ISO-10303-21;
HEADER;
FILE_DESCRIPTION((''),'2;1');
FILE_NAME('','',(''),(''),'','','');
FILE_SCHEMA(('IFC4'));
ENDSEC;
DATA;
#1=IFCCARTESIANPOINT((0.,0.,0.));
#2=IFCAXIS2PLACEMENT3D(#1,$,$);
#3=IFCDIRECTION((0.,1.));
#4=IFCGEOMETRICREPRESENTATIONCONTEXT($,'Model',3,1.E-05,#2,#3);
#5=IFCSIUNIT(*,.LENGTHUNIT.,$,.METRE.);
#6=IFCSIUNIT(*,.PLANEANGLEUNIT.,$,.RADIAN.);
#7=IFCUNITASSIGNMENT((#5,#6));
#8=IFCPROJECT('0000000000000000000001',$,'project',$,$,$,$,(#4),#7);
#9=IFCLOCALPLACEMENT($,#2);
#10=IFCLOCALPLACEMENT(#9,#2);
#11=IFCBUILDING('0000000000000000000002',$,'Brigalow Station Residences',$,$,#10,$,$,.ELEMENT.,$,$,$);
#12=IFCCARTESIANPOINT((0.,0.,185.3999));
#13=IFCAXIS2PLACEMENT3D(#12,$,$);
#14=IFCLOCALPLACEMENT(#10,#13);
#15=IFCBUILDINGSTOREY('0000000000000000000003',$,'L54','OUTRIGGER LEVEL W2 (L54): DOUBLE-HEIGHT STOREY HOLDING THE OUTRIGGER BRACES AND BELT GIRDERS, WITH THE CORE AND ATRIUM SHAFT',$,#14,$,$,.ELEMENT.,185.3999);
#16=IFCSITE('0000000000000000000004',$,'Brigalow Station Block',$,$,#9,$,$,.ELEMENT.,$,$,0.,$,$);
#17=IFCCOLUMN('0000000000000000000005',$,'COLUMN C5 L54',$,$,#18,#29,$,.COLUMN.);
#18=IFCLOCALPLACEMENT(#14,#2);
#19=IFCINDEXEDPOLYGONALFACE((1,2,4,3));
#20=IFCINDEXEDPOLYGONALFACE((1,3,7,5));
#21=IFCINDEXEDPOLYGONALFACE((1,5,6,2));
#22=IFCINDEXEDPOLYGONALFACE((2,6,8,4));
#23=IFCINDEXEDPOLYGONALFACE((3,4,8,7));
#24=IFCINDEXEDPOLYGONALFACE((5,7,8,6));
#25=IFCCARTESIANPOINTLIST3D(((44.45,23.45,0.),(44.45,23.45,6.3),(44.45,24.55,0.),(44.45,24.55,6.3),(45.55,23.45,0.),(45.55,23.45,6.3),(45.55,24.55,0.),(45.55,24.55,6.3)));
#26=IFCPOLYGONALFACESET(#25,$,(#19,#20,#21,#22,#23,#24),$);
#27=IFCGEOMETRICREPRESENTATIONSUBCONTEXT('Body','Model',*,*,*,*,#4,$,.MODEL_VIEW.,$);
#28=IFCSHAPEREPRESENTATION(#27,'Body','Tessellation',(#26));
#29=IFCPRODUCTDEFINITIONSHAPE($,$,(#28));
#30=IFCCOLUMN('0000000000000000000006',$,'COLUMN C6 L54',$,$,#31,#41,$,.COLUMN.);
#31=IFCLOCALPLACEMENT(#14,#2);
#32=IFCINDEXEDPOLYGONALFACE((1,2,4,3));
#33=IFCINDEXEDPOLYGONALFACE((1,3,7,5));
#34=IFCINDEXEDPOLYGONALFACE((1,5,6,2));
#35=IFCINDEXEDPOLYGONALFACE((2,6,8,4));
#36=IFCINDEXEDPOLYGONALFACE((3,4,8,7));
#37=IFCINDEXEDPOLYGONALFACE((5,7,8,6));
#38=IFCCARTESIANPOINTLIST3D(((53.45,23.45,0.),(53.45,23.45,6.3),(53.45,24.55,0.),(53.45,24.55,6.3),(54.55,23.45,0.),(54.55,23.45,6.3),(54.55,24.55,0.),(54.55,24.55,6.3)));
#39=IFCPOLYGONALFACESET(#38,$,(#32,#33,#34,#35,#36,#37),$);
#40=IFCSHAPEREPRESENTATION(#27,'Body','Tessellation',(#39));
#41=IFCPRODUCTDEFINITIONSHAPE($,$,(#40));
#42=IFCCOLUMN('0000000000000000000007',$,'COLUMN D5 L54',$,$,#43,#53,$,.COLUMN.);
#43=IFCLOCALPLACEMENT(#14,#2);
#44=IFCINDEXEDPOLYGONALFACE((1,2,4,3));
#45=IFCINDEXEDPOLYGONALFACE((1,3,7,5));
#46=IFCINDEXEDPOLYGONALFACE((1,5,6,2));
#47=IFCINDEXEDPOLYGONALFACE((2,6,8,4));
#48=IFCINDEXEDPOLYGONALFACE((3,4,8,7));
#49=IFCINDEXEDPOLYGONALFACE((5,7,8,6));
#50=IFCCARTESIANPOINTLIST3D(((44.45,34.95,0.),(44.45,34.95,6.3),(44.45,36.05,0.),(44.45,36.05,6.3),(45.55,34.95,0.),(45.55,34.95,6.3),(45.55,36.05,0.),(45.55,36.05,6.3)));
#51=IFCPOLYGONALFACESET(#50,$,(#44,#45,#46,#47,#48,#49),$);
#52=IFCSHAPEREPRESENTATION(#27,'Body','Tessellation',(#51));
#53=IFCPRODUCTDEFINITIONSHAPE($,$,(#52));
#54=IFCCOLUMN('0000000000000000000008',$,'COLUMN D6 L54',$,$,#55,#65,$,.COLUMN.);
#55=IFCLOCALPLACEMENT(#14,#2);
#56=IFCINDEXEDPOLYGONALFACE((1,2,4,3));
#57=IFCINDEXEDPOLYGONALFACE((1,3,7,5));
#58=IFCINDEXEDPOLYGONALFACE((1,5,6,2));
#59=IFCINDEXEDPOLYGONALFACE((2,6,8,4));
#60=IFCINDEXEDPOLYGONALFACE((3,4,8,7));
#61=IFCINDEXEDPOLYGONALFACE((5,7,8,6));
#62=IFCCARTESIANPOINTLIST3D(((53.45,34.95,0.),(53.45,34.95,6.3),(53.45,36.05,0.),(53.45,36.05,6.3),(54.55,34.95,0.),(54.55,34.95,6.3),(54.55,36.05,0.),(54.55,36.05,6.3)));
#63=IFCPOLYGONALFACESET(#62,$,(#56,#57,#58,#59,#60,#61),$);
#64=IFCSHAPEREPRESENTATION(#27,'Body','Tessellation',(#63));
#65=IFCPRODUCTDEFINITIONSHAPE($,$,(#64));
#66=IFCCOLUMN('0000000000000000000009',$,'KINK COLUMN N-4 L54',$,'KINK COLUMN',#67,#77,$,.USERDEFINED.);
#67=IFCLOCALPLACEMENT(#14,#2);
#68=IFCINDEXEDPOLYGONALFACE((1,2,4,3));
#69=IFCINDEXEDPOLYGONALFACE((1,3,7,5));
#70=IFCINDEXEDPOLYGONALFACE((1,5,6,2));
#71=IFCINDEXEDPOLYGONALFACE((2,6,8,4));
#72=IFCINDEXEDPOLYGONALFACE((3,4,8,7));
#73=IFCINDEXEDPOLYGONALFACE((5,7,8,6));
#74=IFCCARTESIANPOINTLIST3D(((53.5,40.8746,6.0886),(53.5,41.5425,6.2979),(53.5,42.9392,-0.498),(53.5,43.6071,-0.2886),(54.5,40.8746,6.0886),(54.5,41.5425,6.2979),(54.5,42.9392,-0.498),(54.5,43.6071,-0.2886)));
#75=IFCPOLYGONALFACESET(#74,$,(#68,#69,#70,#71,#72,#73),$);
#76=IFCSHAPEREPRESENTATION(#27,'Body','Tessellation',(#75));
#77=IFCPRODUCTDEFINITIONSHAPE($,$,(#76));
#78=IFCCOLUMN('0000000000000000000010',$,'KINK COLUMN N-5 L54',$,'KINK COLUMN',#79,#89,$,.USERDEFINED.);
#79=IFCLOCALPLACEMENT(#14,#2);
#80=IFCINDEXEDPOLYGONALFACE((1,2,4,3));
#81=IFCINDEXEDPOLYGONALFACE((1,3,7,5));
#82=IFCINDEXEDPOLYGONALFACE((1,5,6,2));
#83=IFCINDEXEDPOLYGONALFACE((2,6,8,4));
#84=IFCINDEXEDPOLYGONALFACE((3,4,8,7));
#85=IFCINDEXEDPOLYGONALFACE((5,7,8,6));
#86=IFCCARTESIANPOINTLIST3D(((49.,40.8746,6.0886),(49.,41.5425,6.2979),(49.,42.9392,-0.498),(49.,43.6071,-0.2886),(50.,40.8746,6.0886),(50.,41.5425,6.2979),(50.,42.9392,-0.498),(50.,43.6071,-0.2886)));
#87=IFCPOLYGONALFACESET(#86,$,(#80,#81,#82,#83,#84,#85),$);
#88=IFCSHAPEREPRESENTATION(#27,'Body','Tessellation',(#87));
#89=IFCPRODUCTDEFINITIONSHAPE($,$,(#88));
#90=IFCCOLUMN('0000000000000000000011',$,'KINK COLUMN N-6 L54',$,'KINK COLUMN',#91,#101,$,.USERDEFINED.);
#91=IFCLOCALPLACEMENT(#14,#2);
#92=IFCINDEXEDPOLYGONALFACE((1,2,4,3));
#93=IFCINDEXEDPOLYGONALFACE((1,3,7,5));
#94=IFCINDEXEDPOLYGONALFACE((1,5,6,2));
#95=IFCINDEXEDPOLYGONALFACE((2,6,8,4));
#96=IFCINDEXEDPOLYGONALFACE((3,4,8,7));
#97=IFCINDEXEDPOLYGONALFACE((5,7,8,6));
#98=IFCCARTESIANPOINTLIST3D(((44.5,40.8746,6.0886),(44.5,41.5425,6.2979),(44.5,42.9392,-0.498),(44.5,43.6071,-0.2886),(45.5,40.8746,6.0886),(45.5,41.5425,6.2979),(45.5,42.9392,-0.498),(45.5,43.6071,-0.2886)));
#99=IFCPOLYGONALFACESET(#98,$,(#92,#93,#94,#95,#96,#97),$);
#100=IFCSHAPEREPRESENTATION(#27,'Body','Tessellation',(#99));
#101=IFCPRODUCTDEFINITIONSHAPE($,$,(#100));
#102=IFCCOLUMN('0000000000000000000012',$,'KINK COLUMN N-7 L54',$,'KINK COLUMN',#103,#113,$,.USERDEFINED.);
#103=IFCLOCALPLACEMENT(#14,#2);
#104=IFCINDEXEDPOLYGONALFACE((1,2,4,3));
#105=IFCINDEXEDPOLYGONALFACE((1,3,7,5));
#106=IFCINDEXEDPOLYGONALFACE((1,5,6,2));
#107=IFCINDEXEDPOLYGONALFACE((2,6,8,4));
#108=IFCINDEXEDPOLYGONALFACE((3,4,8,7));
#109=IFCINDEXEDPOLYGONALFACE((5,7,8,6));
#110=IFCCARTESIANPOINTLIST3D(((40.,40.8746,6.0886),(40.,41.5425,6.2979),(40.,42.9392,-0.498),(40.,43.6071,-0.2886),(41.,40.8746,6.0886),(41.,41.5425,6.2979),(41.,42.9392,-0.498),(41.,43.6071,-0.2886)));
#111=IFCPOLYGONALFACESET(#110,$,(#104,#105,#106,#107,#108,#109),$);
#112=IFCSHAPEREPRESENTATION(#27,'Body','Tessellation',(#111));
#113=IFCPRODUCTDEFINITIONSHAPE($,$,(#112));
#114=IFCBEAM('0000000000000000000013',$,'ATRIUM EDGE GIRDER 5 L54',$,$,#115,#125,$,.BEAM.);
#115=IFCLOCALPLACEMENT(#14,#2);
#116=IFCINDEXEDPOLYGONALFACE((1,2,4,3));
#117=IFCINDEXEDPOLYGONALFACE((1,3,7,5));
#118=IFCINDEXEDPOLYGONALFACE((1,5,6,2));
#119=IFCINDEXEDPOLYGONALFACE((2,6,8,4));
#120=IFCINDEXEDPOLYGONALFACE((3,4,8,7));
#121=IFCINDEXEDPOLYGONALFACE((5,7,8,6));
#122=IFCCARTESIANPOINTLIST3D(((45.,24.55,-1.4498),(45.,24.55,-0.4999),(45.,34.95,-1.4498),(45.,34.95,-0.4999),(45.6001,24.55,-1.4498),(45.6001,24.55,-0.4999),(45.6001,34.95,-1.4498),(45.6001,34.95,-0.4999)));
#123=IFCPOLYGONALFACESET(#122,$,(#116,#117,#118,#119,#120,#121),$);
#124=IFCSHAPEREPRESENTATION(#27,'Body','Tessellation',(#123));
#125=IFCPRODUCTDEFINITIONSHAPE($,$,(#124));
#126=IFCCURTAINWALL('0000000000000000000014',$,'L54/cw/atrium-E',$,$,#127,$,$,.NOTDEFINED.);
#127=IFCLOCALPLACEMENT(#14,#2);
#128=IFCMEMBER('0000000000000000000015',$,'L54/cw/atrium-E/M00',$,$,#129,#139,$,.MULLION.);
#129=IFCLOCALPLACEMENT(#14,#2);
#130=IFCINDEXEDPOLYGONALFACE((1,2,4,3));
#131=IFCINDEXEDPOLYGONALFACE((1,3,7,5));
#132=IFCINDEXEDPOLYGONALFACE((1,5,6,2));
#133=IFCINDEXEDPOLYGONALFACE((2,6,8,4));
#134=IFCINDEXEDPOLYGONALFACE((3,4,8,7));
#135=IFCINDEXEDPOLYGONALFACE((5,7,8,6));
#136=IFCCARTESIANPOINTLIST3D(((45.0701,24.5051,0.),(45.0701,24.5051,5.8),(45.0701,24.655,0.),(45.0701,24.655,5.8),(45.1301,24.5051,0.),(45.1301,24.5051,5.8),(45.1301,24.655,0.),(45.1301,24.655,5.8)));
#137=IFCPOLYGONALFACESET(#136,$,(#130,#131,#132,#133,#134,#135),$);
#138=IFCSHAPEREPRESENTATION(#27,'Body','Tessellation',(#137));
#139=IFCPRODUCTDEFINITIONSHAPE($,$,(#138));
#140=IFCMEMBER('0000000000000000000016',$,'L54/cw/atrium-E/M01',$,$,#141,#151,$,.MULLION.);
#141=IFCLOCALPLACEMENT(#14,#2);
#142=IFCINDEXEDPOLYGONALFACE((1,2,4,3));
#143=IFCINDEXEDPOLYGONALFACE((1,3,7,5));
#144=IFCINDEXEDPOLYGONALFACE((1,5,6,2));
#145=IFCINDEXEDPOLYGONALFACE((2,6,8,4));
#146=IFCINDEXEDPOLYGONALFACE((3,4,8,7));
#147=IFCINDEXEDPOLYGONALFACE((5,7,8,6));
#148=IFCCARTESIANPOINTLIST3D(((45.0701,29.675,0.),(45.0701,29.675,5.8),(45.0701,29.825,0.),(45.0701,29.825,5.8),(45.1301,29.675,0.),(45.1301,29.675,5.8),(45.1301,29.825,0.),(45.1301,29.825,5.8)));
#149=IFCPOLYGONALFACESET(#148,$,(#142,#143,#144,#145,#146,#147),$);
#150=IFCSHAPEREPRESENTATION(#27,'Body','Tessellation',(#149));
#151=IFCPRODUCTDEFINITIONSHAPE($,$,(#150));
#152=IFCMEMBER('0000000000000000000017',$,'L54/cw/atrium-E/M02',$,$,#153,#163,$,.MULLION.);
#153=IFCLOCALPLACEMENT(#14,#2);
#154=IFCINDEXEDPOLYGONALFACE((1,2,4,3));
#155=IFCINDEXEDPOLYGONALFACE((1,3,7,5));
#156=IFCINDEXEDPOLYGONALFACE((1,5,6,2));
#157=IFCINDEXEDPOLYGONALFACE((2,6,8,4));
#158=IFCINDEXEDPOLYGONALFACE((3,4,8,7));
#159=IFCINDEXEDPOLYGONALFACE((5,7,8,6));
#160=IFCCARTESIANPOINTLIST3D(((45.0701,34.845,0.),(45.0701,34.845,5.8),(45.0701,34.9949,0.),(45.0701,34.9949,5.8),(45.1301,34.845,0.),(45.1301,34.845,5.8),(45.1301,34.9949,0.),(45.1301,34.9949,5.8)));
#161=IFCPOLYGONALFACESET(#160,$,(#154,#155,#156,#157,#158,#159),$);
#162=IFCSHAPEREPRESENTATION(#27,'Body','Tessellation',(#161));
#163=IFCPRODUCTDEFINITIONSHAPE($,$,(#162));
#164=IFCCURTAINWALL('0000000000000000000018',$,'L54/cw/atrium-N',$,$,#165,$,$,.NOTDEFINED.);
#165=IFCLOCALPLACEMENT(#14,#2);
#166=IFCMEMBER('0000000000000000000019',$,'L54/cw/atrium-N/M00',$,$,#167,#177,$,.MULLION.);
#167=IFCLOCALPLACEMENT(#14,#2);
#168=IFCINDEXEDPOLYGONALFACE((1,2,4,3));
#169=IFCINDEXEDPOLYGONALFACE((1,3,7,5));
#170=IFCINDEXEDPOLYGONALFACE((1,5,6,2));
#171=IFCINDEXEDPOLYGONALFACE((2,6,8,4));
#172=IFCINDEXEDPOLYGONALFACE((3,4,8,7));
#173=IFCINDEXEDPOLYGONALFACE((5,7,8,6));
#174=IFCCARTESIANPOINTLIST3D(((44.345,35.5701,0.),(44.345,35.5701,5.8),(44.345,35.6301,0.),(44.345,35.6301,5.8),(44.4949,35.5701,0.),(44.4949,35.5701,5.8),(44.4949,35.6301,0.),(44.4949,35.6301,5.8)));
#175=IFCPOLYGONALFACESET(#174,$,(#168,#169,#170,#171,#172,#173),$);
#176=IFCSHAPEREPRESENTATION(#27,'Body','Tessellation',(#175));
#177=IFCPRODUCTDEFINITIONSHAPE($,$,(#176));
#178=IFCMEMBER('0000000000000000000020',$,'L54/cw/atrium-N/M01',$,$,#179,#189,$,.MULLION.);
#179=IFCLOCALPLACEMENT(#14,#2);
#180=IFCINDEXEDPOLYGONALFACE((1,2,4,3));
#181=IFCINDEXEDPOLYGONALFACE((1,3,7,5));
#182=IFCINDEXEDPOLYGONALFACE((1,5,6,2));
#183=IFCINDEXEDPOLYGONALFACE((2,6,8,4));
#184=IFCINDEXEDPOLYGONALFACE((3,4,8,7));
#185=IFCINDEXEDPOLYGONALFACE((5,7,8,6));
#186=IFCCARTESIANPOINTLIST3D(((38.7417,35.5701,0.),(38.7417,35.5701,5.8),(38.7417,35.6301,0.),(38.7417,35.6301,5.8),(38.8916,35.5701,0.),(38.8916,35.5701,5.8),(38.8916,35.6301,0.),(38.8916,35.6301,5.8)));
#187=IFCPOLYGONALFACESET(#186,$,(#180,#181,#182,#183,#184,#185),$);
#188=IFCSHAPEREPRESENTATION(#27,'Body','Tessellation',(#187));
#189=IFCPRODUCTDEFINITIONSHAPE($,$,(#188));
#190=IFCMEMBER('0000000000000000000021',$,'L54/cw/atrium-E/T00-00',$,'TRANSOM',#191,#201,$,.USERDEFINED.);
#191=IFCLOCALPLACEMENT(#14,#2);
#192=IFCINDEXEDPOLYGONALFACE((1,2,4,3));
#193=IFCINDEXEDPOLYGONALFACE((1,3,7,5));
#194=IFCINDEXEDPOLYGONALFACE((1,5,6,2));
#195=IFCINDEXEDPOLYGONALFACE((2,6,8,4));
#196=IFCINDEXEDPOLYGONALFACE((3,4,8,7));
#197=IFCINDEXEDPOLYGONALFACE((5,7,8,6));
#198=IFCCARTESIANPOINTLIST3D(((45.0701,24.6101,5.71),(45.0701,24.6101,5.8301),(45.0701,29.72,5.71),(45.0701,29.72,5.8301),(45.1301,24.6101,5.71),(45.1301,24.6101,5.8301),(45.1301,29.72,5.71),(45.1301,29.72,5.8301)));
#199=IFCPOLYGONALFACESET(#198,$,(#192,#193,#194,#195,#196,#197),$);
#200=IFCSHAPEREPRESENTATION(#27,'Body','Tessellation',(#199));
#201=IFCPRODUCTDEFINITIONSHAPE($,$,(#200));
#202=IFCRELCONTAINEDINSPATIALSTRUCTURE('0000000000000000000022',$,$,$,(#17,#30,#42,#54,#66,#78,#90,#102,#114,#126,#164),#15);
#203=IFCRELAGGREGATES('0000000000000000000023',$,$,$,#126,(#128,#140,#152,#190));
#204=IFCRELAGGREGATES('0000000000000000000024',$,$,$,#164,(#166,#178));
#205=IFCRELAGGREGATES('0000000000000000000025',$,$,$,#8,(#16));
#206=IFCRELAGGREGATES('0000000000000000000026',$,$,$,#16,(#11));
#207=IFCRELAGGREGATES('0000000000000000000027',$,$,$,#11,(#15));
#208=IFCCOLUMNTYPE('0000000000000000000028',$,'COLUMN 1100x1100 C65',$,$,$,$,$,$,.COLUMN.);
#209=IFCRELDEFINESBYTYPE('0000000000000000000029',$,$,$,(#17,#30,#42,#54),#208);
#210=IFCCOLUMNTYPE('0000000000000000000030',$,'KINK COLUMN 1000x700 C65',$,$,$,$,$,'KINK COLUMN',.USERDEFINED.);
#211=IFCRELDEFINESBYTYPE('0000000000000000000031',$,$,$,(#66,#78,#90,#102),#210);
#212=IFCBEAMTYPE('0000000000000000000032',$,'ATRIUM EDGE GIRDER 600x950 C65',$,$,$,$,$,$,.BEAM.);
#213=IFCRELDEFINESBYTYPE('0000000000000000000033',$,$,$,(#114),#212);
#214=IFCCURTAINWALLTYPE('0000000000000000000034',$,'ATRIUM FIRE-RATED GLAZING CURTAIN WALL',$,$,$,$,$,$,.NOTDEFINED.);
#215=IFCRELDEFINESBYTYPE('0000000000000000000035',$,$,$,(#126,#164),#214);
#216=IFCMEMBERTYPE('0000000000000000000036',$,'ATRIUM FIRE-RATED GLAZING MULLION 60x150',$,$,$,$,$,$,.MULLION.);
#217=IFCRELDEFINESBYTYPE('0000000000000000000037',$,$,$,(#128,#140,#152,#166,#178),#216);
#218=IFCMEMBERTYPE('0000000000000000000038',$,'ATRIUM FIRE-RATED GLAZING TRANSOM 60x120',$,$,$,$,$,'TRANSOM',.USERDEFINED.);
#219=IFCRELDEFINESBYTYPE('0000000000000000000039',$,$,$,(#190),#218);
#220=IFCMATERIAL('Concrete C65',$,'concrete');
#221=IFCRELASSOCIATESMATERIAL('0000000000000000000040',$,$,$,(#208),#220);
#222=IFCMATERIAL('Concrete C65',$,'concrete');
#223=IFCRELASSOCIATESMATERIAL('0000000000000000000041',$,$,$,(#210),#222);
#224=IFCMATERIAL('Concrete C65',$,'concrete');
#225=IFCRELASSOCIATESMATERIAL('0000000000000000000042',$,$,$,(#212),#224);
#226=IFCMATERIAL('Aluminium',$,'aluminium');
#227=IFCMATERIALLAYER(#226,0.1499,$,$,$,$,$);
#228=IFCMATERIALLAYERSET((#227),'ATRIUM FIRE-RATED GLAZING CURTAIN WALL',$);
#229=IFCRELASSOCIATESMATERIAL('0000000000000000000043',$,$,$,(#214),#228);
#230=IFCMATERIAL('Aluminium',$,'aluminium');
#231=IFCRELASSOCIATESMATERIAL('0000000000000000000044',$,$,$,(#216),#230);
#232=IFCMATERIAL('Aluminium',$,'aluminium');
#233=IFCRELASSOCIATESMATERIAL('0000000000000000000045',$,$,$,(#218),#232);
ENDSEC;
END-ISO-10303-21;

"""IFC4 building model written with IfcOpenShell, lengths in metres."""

from ifc_helpers import new_model, si_unit, direction, frame, origin, origin_2d, place, context, subcontext, project, spatial, rectangle, extrude, material, layer, layer_set, material_profile, profile_set, type_object, element, aggregate, save


model = new_model("IFC4")

# Units and contexts
model_context = context("Model", 3, precision=1e-05, world=origin(), true_north=direction((0.0, 1.0)))
body_context = subcontext(model_context, "Body", "Model", "MODEL_VIEW")
ifc_project = project(units=[si_unit("LENGTHUNIT", "METRE"), si_unit("PLANEANGLEUNIT", "RADIAN")], contexts=[model_context])

# Site, building, storey
site_placement = place(None, origin())
site = spatial("IfcSite", under=ifc_project, at=site_placement, Name="Brigalow Station Block", CompositionType="ELEMENT", RefElevation=0.0)
building_placement = place(site_placement, origin())
building = spatial("IfcBuilding", under=site, at=building_placement, Name="Brigalow Station Residences", CompositionType="ELEMENT")
storey_placement = place(building_placement, frame((0.0, 0.0, 185.3999)))
storey = spatial("IfcBuildingStorey", under=building, at=storey_placement, Name="L54", Description="OUTRIGGER LEVEL W2 (L54): DOUBLE-HEIGHT STOREY HOLDING THE OUTRIGGER BRACES AND BELT GIRDERS, WITH THE CORE AND ATRIUM SHAFT", CompositionType="ELEMENT", Elevation=185.3999)

# Columns
ifc_material_1 = material(Name="Concrete C65", Category="concrete")
ifc_material_profile_1 = material_profile(ifc_material_1, rectangle(XDim=1.1001, YDim=1.1001, at=origin_2d()), Name="RC1100x1100")
ifc_profile_set_1 = profile_set([ifc_material_profile_1], Name="Concrete C65")
column_type_1 = type_object("IfcColumnType", Name="COLUMN 1100x1100 C65", PredefinedType="COLUMN", material=ifc_profile_set_1)
for number, where, z_axis, x_axis, name in (
    (1, (45.0, 24.0, 0.0), (0.0, 0.0, 1.0), (1.0, 0.0, 0.0), "COLUMN C5 L54"),
    (2, (54.0, 24.0, 0.0), (0.0, 0.0, 1.0), (1.0, 0.0, 0.0), "COLUMN C6 L54"),
    (3, (45.0, 35.5, 0.0), (0.0, 0.0, 1.0), (1.0, 0.0, 0.0), "COLUMN D5 L54"),
    (4, (54.0, 35.5, 0.0), (0.0, 0.0, 1.0), (1.0, 0.0, 0.0), "COLUMN D6 L54"),
):
    element("IfcColumn", number, at=place(storey_placement, frame(where, z_axis=z_axis, x_axis=x_axis)), inside=storey, type_object=column_type_1, Name=name, PredefinedType="COLUMN", context=body_context, shape_type="SweptSolid", body=[
        extrude(rectangle(XDim=1.1001, YDim=1.1001, at=origin_2d()), origin(), (0.0, 0.0, 1.0), 6.3),
    ])
ifc_material_2 = material(Name="Concrete C65", Category="concrete")
ifc_material_profile_2 = material_profile(ifc_material_2, rectangle(XDim=1.0, YDim=0.7, at=origin_2d()), Name="RC1000x700")
ifc_profile_set_2 = profile_set([ifc_material_profile_2], Name="Concrete C65")
column_type_2 = type_object("IfcColumnType", Name="KINK COLUMN 1000x700 C65", ElementType="KINK COLUMN", PredefinedType="USERDEFINED", material=ifc_profile_set_2)
for number, where, z_axis, x_axis, name in (
    (5, (54.0, 43.2732, -0.3933), (0.0, -0.299115, 0.954217), (1.0, 0.0, 0.0), "KINK COLUMN N-4 L54"),
    (6, (49.5, 43.2732, -0.3933), (0.0, -0.299115, 0.954217), (1.0, 0.0, 0.0), "KINK COLUMN N-5 L54"),
    (7, (45.0, 43.2732, -0.3933), (0.0, -0.299115, 0.954217), (1.0, 0.0, 0.0), "KINK COLUMN N-6 L54"),
    (8, (40.5, 43.2732, -0.3933), (0.0, -0.299115, 0.954217), (1.0, 0.0, 0.0), "KINK COLUMN N-7 L54"),
):
    element("IfcColumn", number, at=place(storey_placement, frame(where, z_axis=z_axis, x_axis=x_axis)), inside=storey, type_object=column_type_2, Name=name, ObjectType="KINK COLUMN", PredefinedType="USERDEFINED", context=body_context, shape_type="SweptSolid", body=[
        extrude(rectangle(XDim=1.0, YDim=0.7, at=origin_2d()), origin(), (0.0, 0.0, 1.0), 6.9026),
    ])

# Beam
ifc_material_3 = material(Name="Concrete C65", Category="concrete")
ifc_material_profile_3 = material_profile(ifc_material_3, rectangle(XDim=0.6001, YDim=0.95, at=origin_2d()), Name="RC600x950")
ifc_profile_set_3 = profile_set([ifc_material_profile_3], Name="Concrete C65")
beam_type_1 = type_object("IfcBeamType", Name="ATRIUM EDGE GIRDER 600x950 C65", PredefinedType="BEAM", material=ifc_profile_set_3)
beam_placement = place(storey_placement, frame((45.3, 24.55, -0.9749), z_axis=(0.0, 1.0, 0.0), x_axis=(-1.0, 0.0, 0.0)))
element("IfcBeam", 9, at=beam_placement, inside=storey, type_object=beam_type_1, Name="ATRIUM EDGE GIRDER 5 L54", PredefinedType="BEAM", context=body_context, shape_type="SweptSolid", body=[
    extrude(rectangle(XDim=0.6001, YDim=0.95, at=origin_2d()), origin(), (0.0, 0.0, 1.0), 10.3999),
])

# Curtain walls, members
ifc_material_4 = material(Name="Aluminium", Category="aluminium")
ifc_layer_1 = layer(ifc_material_4, 0.1499)
ifc_layer_set_1 = layer_set([ifc_layer_1], Name="ATRIUM FIRE-RATED GLAZING CURTAIN WALL")
curtain_wall_type = type_object("IfcCurtainWallType", Name="ATRIUM FIRE-RATED GLAZING CURTAIN WALL", PredefinedType="NOTDEFINED", material=ifc_layer_set_1)
curtain_wall_1_placement = place(storey_placement, origin())
curtain_wall_1 = element("IfcCurtainWall", 10, at=curtain_wall_1_placement, inside=storey, type_object=curtain_wall_type, Name="L54/cw/atrium-E", PredefinedType="NOTDEFINED")
ifc_material_5 = material(Name="Aluminium", Category="aluminium")
ifc_material_profile_4 = material_profile(ifc_material_5, rectangle(XDim=0.0601, YDim=0.1499, at=origin_2d()), Name="ATRIUM FIRE-RATED GLAZING MULLION 60x150")
ifc_profile_set_4 = profile_set([ifc_material_profile_4], Name="Aluminium")
member_type_1 = type_object("IfcMemberType", Name="ATRIUM FIRE-RATED GLAZING MULLION 60x150", PredefinedType="MULLION", material=ifc_profile_set_4)
member_1_placement = place(storey_placement, frame((45.1001, 24.5801, 0.0), z_axis=(0.0, 0.0, 1.0), x_axis=(-1.0, 0.0, 0.0)))
member_1 = element("IfcMember", 11, at=member_1_placement, type_object=member_type_1, Name="L54/cw/atrium-E/M00", PredefinedType="MULLION", context=body_context, shape_type="SweptSolid", body=[
    extrude(rectangle(XDim=0.0601, YDim=0.1499, at=origin_2d()), origin(), (0.0, 0.0, 1.0), 5.8),
])
member_2_placement = place(storey_placement, frame((45.1001, 29.75, 0.0), z_axis=(0.0, 0.0, 1.0), x_axis=(-1.0, 0.0, 0.0)))
member_2 = element("IfcMember", 12, at=member_2_placement, type_object=member_type_1, Name="L54/cw/atrium-E/M01", PredefinedType="MULLION", context=body_context, shape_type="SweptSolid", body=[
    extrude(rectangle(XDim=0.0601, YDim=0.1499, at=origin_2d()), origin(), (0.0, 0.0, 1.0), 5.8),
])
member_3_placement = place(storey_placement, frame((45.1001, 34.9199, 0.0), z_axis=(0.0, 0.0, 1.0), x_axis=(-1.0, 0.0, 0.0)))
member_3 = element("IfcMember", 13, at=member_3_placement, type_object=member_type_1, Name="L54/cw/atrium-E/M02", PredefinedType="MULLION", context=body_context, shape_type="SweptSolid", body=[
    extrude(rectangle(XDim=0.0601, YDim=0.1499, at=origin_2d()), origin(), (0.0, 0.0, 1.0), 5.8),
])
curtain_wall_2_placement = place(storey_placement, origin())
curtain_wall_2 = element("IfcCurtainWall", 14, at=curtain_wall_2_placement, inside=storey, type_object=curtain_wall_type, Name="L54/cw/atrium-N", PredefinedType="NOTDEFINED")
member_4_placement = place(storey_placement, frame((44.4199, 35.6001, 0.0), z_axis=(0.0, 0.0, 1.0), x_axis=(0.0, -1.0, 0.0)))
member_4 = element("IfcMember", 15, at=member_4_placement, type_object=member_type_1, Name="L54/cw/atrium-N/M00", PredefinedType="MULLION", context=body_context, shape_type="SweptSolid", body=[
    extrude(rectangle(XDim=0.0601, YDim=0.1499, at=origin_2d()), origin(), (0.0, 0.0, 1.0), 5.8),
])
member_5_placement = place(storey_placement, frame((38.8167, 35.6001, 0.0), z_axis=(0.0, 0.0, 1.0), x_axis=(0.0, -1.0, 0.0)))
member_5 = element("IfcMember", 16, at=member_5_placement, type_object=member_type_1, Name="L54/cw/atrium-N/M01", PredefinedType="MULLION", context=body_context, shape_type="SweptSolid", body=[
    extrude(rectangle(XDim=0.0601, YDim=0.1499, at=origin_2d()), origin(), (0.0, 0.0, 1.0), 5.8),
])

# Member
ifc_material_6 = material(Name="Aluminium", Category="aluminium")
ifc_material_profile_5 = material_profile(ifc_material_6, rectangle(XDim=0.0601, YDim=0.1201, at=origin_2d()), Name="ATRIUM FIRE-RATED GLAZING TRANSOM 60x120")
ifc_profile_set_5 = profile_set([ifc_material_profile_5], Name="Aluminium")
member_type_2 = type_object("IfcMemberType", Name="ATRIUM FIRE-RATED GLAZING TRANSOM 60x120", ElementType="TRANSOM", PredefinedType="USERDEFINED", material=ifc_profile_set_5)
member_6_placement = place(storey_placement, frame((45.1001, 24.6101, 5.77), z_axis=(0.0, 1.0, 0.0), x_axis=(-1.0, 0.0, 0.0)))
member_6 = element("IfcMember", 17, at=member_6_placement, type_object=member_type_2, Name="L54/cw/atrium-E/T00-00", ObjectType="TRANSOM", PredefinedType="USERDEFINED", context=body_context, shape_type="SweptSolid", body=[
    extrude(rectangle(XDim=0.0601, YDim=0.1201, at=origin_2d()), origin(), (0.0, 0.0, 1.0), 5.1099),
])

aggregate(curtain_wall_1, [member_1, member_2, member_3, member_6])
aggregate(curtain_wall_2, [member_4, member_5])

save(model, "model.ifc")
